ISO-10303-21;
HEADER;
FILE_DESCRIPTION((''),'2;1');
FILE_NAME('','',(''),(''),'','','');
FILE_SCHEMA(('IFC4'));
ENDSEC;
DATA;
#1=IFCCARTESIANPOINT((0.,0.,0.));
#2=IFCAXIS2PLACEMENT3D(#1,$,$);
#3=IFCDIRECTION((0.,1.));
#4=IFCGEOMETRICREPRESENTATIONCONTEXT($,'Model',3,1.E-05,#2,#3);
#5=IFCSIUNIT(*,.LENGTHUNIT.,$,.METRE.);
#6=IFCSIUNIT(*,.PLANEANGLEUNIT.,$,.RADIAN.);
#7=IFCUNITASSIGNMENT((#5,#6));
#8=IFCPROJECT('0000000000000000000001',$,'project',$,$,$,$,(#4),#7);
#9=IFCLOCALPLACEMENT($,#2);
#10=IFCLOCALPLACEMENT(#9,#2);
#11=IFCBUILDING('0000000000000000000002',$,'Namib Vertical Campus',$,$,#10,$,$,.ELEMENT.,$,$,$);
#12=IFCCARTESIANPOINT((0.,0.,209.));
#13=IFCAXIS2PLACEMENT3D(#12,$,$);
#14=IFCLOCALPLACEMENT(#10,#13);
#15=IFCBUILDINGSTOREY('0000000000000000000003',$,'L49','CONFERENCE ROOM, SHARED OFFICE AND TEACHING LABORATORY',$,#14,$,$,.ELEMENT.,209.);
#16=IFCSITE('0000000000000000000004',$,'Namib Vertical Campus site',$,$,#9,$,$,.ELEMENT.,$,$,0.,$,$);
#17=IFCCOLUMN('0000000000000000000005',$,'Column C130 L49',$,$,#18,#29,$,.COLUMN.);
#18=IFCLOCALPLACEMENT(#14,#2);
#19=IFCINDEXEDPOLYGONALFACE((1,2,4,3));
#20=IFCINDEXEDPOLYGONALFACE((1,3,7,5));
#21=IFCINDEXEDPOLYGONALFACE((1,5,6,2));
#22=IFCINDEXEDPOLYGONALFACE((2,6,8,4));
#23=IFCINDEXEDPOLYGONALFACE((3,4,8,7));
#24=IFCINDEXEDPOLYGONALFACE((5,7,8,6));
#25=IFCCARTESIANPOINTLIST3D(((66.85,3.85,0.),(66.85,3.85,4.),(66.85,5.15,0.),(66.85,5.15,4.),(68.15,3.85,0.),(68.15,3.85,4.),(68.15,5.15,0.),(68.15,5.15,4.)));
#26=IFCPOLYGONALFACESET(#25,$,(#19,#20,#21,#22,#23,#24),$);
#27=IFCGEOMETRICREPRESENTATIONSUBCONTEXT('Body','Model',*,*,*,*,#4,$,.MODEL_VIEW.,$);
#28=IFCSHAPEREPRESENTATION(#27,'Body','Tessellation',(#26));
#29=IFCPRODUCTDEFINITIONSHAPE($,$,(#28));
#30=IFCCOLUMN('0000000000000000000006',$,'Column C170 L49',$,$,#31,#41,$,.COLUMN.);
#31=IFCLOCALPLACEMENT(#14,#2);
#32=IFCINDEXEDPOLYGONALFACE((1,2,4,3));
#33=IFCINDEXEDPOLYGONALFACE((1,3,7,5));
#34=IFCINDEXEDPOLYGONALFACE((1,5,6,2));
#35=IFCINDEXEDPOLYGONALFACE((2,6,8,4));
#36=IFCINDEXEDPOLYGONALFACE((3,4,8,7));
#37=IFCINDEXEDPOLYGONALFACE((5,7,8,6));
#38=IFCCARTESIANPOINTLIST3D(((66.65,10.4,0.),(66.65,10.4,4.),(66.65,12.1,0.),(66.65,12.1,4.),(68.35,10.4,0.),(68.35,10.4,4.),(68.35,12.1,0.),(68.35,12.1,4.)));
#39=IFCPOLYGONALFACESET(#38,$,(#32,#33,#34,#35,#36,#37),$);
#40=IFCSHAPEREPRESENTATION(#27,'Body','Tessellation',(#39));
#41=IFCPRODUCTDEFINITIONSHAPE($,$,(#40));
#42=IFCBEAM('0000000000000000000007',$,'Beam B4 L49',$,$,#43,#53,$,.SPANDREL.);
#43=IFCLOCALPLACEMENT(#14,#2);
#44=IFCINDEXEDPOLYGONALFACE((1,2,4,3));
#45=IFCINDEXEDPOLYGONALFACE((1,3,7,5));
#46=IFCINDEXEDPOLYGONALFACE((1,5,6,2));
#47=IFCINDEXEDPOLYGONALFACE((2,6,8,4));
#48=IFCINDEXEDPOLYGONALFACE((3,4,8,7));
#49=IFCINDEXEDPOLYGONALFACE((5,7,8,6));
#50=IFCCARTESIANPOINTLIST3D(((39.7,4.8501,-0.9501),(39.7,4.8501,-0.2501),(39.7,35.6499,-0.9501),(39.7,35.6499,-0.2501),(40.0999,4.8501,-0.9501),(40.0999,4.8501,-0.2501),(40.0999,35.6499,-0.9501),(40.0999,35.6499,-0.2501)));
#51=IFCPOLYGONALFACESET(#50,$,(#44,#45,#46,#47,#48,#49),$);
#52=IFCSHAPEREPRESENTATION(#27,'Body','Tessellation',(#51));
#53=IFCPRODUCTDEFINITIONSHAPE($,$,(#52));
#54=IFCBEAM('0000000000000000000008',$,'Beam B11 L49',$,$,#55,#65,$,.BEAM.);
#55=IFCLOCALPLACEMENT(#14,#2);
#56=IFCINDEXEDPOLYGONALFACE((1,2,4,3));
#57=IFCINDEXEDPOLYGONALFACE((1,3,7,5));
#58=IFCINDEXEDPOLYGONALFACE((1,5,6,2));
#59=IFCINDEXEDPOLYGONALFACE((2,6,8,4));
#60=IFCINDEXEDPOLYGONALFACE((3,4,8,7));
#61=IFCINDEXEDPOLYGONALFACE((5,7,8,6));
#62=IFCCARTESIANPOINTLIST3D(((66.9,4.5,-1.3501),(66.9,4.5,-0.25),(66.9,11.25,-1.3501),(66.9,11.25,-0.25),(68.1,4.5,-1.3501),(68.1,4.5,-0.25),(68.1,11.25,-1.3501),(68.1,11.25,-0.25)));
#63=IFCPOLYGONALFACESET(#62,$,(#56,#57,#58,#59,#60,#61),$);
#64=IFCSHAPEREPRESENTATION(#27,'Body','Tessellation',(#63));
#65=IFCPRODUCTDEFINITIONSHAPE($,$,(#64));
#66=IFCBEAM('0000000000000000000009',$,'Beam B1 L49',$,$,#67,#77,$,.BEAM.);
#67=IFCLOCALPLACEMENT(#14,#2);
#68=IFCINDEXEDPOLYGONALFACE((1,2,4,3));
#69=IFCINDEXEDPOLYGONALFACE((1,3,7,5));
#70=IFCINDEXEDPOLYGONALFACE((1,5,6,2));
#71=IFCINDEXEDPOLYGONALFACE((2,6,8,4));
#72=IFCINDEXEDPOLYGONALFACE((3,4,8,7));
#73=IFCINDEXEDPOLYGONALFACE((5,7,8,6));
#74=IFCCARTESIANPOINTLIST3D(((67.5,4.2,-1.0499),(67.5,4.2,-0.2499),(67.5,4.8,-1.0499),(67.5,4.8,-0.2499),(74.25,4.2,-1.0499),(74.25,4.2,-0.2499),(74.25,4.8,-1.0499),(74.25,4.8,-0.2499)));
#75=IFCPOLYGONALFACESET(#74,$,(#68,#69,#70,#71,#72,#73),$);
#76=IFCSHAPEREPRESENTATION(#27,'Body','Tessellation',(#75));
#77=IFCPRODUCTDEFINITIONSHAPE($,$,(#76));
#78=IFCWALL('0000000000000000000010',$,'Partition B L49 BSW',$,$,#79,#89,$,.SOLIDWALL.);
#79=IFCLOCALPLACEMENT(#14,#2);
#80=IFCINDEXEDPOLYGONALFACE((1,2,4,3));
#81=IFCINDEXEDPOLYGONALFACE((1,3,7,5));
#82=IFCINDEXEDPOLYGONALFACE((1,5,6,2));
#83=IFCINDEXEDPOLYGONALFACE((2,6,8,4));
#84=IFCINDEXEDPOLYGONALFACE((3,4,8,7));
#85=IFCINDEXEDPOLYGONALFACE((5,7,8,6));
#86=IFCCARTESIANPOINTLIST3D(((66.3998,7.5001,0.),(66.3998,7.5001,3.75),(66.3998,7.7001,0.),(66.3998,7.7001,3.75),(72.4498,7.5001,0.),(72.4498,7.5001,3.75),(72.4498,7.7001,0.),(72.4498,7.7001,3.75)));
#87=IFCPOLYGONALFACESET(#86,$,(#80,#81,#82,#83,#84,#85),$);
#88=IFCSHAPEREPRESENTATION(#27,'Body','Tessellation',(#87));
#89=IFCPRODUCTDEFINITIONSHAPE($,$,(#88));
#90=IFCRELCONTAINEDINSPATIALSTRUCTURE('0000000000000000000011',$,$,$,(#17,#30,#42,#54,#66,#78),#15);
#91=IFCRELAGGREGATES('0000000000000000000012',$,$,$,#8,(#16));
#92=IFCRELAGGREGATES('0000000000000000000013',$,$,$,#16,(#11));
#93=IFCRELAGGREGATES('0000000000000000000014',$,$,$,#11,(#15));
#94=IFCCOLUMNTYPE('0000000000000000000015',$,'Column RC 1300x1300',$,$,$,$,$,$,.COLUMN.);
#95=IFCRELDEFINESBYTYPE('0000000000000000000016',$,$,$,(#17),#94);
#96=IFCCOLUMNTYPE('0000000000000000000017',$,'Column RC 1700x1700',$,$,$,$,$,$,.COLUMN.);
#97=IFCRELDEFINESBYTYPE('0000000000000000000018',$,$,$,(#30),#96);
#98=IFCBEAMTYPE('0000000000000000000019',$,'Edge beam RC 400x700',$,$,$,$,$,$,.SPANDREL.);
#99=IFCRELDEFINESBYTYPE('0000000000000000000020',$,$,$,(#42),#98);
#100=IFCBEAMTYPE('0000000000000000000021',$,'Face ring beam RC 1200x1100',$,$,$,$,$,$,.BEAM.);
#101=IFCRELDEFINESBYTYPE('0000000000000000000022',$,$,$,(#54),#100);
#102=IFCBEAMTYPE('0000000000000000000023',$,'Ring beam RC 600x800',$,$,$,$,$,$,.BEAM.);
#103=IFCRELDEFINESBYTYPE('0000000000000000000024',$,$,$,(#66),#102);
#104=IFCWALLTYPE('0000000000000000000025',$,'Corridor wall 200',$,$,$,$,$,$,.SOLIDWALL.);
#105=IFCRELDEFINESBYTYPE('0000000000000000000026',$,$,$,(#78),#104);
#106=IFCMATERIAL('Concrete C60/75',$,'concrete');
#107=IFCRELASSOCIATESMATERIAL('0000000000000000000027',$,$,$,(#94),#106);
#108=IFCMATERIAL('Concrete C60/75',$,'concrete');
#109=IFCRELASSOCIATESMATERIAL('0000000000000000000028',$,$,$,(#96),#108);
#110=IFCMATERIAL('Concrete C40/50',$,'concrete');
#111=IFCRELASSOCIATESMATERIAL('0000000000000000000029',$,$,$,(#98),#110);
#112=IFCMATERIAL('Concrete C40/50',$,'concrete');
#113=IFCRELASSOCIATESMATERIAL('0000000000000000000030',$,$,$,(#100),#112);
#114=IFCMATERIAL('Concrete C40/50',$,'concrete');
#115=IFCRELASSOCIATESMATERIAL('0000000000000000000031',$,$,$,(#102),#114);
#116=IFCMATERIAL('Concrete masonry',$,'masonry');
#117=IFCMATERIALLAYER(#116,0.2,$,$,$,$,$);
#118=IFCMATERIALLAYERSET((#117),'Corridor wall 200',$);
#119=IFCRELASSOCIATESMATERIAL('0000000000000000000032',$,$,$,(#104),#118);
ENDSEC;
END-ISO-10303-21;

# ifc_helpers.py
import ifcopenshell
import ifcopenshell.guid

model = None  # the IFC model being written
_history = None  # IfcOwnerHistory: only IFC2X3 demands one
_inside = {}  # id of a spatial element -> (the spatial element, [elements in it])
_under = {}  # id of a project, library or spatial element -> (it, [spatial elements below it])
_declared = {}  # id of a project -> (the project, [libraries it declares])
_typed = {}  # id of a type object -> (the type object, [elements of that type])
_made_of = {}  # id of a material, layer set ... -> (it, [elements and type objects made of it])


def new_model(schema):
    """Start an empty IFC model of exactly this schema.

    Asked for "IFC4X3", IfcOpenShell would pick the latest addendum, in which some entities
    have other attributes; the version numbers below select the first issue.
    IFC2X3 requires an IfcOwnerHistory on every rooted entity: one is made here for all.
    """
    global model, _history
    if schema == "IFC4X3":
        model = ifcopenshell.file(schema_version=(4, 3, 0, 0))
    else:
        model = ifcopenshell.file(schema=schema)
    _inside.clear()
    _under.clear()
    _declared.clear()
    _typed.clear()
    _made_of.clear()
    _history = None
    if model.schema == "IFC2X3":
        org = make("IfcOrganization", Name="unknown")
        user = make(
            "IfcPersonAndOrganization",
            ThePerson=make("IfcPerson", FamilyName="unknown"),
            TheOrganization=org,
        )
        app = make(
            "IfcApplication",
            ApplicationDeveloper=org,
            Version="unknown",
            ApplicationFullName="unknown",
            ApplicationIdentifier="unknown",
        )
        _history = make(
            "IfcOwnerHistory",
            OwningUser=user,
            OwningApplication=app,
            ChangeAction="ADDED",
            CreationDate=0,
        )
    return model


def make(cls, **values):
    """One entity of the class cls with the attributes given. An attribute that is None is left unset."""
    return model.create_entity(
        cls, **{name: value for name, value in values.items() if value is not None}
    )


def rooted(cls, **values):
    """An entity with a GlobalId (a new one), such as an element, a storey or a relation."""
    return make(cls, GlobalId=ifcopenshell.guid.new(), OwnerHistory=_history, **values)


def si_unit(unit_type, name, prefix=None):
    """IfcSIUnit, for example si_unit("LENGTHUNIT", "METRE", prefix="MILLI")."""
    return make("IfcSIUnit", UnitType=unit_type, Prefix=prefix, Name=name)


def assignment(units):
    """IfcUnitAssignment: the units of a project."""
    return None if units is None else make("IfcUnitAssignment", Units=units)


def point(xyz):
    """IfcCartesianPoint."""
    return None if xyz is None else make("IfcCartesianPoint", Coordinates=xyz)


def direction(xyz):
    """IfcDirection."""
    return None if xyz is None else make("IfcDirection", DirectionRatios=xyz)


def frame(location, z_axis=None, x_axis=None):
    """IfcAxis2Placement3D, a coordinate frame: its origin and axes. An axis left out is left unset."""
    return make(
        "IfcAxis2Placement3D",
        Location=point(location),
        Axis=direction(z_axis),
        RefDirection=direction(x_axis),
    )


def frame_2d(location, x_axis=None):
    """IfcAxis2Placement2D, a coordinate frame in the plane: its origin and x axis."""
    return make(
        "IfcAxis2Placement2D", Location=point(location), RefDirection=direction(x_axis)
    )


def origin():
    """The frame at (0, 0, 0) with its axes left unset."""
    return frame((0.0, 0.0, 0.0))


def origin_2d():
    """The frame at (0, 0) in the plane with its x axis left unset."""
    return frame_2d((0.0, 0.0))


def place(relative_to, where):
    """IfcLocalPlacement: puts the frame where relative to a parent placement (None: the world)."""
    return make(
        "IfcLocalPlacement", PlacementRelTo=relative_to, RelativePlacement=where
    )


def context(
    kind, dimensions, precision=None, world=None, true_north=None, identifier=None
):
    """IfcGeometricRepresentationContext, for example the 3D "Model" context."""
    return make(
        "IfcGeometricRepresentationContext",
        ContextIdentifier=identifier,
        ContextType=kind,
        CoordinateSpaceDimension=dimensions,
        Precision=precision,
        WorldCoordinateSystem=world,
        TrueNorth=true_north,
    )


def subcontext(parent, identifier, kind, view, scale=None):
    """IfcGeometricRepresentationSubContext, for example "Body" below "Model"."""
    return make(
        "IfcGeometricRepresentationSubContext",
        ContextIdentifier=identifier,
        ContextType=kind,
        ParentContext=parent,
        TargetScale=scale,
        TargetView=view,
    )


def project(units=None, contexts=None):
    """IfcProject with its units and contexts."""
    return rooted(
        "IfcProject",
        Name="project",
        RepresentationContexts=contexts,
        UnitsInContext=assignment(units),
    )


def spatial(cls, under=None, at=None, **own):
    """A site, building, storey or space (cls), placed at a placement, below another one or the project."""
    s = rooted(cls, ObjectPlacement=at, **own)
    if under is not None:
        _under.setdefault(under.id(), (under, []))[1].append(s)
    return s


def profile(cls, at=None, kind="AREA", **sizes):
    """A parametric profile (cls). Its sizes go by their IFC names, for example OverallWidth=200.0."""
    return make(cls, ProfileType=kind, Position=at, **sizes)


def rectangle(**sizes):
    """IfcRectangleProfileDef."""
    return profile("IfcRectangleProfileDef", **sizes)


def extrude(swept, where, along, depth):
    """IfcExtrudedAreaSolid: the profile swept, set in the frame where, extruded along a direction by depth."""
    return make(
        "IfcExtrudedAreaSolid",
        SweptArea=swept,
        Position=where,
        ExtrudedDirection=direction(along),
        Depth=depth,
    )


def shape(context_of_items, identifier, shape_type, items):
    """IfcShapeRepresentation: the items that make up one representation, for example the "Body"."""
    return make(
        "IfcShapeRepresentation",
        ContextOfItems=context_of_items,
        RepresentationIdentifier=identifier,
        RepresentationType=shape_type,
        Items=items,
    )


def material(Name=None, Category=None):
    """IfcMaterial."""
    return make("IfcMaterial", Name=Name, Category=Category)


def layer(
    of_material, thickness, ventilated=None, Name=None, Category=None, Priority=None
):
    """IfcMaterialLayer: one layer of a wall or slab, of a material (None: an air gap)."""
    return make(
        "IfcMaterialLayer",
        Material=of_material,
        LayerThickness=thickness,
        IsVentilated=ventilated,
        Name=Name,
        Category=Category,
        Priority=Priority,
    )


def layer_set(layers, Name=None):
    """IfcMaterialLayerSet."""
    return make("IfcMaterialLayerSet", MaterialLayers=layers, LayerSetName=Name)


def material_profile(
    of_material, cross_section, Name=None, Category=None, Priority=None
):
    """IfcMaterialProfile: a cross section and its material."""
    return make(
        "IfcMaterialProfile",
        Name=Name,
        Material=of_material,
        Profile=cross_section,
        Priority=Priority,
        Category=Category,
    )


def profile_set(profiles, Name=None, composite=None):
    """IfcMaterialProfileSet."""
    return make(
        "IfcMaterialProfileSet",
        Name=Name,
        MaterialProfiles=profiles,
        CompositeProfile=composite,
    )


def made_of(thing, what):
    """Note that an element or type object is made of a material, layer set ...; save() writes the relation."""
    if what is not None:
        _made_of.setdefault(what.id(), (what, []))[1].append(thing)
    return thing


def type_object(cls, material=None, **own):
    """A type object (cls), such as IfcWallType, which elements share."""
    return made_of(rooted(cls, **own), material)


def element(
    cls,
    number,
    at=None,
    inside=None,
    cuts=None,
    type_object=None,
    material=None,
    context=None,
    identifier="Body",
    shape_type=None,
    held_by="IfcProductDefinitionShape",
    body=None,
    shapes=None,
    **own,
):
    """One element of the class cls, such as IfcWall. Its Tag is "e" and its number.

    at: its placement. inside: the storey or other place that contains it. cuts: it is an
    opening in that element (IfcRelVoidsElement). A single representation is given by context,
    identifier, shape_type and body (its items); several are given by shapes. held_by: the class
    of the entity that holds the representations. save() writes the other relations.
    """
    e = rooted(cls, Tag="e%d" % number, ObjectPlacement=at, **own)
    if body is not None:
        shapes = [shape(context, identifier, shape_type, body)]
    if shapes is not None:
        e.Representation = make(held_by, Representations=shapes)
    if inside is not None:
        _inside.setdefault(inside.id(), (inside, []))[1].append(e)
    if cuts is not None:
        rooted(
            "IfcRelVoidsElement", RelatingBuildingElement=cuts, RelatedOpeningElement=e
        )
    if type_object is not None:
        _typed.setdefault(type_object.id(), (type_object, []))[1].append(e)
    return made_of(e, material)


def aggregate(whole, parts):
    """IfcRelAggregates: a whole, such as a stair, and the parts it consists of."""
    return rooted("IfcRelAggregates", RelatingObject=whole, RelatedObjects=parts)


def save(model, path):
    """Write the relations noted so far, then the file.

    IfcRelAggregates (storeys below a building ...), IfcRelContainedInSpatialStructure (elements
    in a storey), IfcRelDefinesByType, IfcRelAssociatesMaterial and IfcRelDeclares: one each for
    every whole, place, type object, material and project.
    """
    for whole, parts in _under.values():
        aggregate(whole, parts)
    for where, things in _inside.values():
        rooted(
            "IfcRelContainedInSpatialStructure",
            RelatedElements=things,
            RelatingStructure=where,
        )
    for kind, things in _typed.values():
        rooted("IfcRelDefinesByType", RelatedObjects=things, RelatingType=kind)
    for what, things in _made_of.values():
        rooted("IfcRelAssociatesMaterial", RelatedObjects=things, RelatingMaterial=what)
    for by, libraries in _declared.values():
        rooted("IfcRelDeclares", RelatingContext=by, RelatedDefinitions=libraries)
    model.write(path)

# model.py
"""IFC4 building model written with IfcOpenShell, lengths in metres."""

from ifc_helpers import new_model, si_unit, direction, frame, frame_2d, origin, origin_2d, place, context, subcontext, project, spatial, rectangle, extrude, material, layer, layer_set, material_profile, profile_set, type_object, element, save


model = new_model("IFC4")

# Units and contexts
model_context = context("Model", 3, precision=1e-05, world=origin(), true_north=direction((0.0, 1.0)))
body_context = subcontext(model_context, "Body", "Model", "MODEL_VIEW")
ifc_project = project(units=[si_unit("LENGTHUNIT", "METRE"), si_unit("PLANEANGLEUNIT", "RADIAN")], contexts=[model_context])

# Site, building, storey
site_placement = place(None, origin())
site = spatial("IfcSite", under=ifc_project, at=site_placement, Name="Namib Vertical Campus site", CompositionType="ELEMENT", RefElevation=0.0)
building_placement = place(site_placement, origin())
building = spatial("IfcBuilding", under=site, at=building_placement, Name="Namib Vertical Campus", CompositionType="ELEMENT")
storey_placement = place(building_placement, frame((0.0, 0.0, 209.0)))
storey = spatial("IfcBuildingStorey", under=building, at=storey_placement, Name="L49", Description="CONFERENCE ROOM, SHARED OFFICE AND TEACHING LABORATORY", CompositionType="ELEMENT", Elevation=209.0)

# Columns
ifc_material_1 = material(Name="Concrete C60/75", Category="concrete")
ifc_material_profile_1 = material_profile(ifc_material_1, rectangle(XDim=1.3, YDim=1.3, at=origin_2d()))
ifc_profile_set_1 = profile_set([ifc_material_profile_1], Name="Concrete C60/75")
column_type_1 = type_object("IfcColumnType", Name="Column RC 1300x1300", PredefinedType="COLUMN", material=ifc_profile_set_1)
column_1_placement = place(storey_placement, frame((67.5, 4.5, 0.0), z_axis=(0.0, 0.0, 1.0), x_axis=(1.0, 0.0, 0.0)))
element("IfcColumn", 1, at=column_1_placement, inside=storey, type_object=column_type_1, Name="Column C130 L49", PredefinedType="COLUMN", context=body_context, shape_type="SweptSolid", body=[
    extrude(rectangle(XDim=1.3, YDim=1.3, at=origin_2d()), origin(), (0.0, 0.0, 1.0), 4.0),
])
ifc_material_2 = material(Name="Concrete C60/75", Category="concrete")
ifc_material_profile_2 = material_profile(ifc_material_2, rectangle(XDim=1.7, YDim=1.7, at=origin_2d()))
ifc_profile_set_2 = profile_set([ifc_material_profile_2], Name="Concrete C60/75")
column_type_2 = type_object("IfcColumnType", Name="Column RC 1700x1700", PredefinedType="COLUMN", material=ifc_profile_set_2)
column_2_placement = place(storey_placement, frame((67.5, 11.25, 0.0), z_axis=(0.0, 0.0, 1.0), x_axis=(1.0, 0.0, 0.0)))
element("IfcColumn", 2, at=column_2_placement, inside=storey, type_object=column_type_2, Name="Column C170 L49", PredefinedType="COLUMN", context=body_context, shape_type="SweptSolid", body=[
    extrude(rectangle(XDim=1.7, YDim=1.7, at=origin_2d()), origin(), (0.0, 0.0, 1.0), 4.0),
])

# Beams
ifc_material_3 = material(Name="Concrete C40/50", Category="concrete")
ifc_material_profile_3 = material_profile(ifc_material_3, rectangle(XDim=0.3999, YDim=0.7, at=origin_2d()))
ifc_profile_set_3 = profile_set([ifc_material_profile_3], Name="Concrete C40/50")
beam_type_1 = type_object("IfcBeamType", Name="Edge beam RC 400x700", PredefinedType="SPANDREL", material=ifc_profile_set_3)
beam_1_placement = place(storey_placement, frame((39.8999, 4.8501, -0.6001), z_axis=(0.0, 1.0, 0.0), x_axis=(-1.0, 0.0, 0.0)))
element("IfcBeam", 3, at=beam_1_placement, inside=storey, type_object=beam_type_1, Name="Beam B4 L49", PredefinedType="SPANDREL", context=body_context, shape_type="SweptSolid", body=[
    extrude(rectangle(XDim=0.3999, YDim=0.7, at=origin_2d()), origin(), (0.0, 0.0, 1.0), 30.7998),
])
ifc_material_4 = material(Name="Concrete C40/50", Category="concrete")
ifc_material_profile_4 = material_profile(ifc_material_4, rectangle(XDim=1.2, YDim=1.1001, at=origin_2d()))
ifc_profile_set_4 = profile_set([ifc_material_profile_4], Name="Concrete C40/50")
beam_type_2 = type_object("IfcBeamType", Name="Face ring beam RC 1200x1100", PredefinedType="BEAM", material=ifc_profile_set_4)
beam_2_placement = place(storey_placement, frame((67.5, 4.5, -0.8), z_axis=(0.0, 1.0, 0.0), x_axis=(-1.0, 0.0, 0.0)))
element("IfcBeam", 4, at=beam_2_placement, inside=storey, type_object=beam_type_2, Name="Beam B11 L49", PredefinedType="BEAM", context=body_context, shape_type="SweptSolid", body=[
    extrude(rectangle(XDim=1.2, YDim=1.1001, at=origin_2d()), origin(), (0.0, 0.0, 1.0), 6.75),
])
ifc_material_5 = material(Name="Concrete C40/50", Category="concrete")
ifc_material_profile_5 = material_profile(ifc_material_5, rectangle(XDim=0.6001, YDim=0.8, at=origin_2d()))
ifc_profile_set_5 = profile_set([ifc_material_profile_5], Name="Concrete C40/50")
beam_type_3 = type_object("IfcBeamType", Name="Ring beam RC 600x800", PredefinedType="BEAM", material=ifc_profile_set_5)
beam_3_placement = place(storey_placement, frame((67.5, 4.5, -0.6499), z_axis=(1.0, 0.0, 0.0), x_axis=(0.0, 1.0, 0.0)))
element("IfcBeam", 5, at=beam_3_placement, inside=storey, type_object=beam_type_3, Name="Beam B1 L49", PredefinedType="BEAM", context=body_context, shape_type="SweptSolid", body=[
    extrude(rectangle(XDim=0.6001, YDim=0.8, at=origin_2d()), origin(), (0.0, 0.0, 1.0), 6.75),
])

# Wall
ifc_material_6 = material(Name="Concrete masonry", Category="masonry")
ifc_layer_1 = layer(ifc_material_6, 0.2)
ifc_layer_set_1 = layer_set([ifc_layer_1], Name="Corridor wall 200")
wall_type_1 = type_object("IfcWallType", Name="Corridor wall 200", PredefinedType="SOLIDWALL", material=ifc_layer_set_1)
wall_1_placement = place(storey_placement, frame((66.3999, 7.6001, 0.0), z_axis=(0.0, 0.0, 1.0), x_axis=(1.0, 0.0, 0.0)))
element("IfcWall", 6, at=wall_1_placement, inside=storey, type_object=wall_type_1, Name="Partition B L49 BSW", PredefinedType="SOLIDWALL", context=body_context, shape_type="SweptSolid", body=[
    extrude(rectangle(XDim=6.05, YDim=0.2, at=frame_2d((3.0249, 0.0))), origin(), (0.0, 0.0, 1.0), 3.75),
])

save(model, "model.ifc")
